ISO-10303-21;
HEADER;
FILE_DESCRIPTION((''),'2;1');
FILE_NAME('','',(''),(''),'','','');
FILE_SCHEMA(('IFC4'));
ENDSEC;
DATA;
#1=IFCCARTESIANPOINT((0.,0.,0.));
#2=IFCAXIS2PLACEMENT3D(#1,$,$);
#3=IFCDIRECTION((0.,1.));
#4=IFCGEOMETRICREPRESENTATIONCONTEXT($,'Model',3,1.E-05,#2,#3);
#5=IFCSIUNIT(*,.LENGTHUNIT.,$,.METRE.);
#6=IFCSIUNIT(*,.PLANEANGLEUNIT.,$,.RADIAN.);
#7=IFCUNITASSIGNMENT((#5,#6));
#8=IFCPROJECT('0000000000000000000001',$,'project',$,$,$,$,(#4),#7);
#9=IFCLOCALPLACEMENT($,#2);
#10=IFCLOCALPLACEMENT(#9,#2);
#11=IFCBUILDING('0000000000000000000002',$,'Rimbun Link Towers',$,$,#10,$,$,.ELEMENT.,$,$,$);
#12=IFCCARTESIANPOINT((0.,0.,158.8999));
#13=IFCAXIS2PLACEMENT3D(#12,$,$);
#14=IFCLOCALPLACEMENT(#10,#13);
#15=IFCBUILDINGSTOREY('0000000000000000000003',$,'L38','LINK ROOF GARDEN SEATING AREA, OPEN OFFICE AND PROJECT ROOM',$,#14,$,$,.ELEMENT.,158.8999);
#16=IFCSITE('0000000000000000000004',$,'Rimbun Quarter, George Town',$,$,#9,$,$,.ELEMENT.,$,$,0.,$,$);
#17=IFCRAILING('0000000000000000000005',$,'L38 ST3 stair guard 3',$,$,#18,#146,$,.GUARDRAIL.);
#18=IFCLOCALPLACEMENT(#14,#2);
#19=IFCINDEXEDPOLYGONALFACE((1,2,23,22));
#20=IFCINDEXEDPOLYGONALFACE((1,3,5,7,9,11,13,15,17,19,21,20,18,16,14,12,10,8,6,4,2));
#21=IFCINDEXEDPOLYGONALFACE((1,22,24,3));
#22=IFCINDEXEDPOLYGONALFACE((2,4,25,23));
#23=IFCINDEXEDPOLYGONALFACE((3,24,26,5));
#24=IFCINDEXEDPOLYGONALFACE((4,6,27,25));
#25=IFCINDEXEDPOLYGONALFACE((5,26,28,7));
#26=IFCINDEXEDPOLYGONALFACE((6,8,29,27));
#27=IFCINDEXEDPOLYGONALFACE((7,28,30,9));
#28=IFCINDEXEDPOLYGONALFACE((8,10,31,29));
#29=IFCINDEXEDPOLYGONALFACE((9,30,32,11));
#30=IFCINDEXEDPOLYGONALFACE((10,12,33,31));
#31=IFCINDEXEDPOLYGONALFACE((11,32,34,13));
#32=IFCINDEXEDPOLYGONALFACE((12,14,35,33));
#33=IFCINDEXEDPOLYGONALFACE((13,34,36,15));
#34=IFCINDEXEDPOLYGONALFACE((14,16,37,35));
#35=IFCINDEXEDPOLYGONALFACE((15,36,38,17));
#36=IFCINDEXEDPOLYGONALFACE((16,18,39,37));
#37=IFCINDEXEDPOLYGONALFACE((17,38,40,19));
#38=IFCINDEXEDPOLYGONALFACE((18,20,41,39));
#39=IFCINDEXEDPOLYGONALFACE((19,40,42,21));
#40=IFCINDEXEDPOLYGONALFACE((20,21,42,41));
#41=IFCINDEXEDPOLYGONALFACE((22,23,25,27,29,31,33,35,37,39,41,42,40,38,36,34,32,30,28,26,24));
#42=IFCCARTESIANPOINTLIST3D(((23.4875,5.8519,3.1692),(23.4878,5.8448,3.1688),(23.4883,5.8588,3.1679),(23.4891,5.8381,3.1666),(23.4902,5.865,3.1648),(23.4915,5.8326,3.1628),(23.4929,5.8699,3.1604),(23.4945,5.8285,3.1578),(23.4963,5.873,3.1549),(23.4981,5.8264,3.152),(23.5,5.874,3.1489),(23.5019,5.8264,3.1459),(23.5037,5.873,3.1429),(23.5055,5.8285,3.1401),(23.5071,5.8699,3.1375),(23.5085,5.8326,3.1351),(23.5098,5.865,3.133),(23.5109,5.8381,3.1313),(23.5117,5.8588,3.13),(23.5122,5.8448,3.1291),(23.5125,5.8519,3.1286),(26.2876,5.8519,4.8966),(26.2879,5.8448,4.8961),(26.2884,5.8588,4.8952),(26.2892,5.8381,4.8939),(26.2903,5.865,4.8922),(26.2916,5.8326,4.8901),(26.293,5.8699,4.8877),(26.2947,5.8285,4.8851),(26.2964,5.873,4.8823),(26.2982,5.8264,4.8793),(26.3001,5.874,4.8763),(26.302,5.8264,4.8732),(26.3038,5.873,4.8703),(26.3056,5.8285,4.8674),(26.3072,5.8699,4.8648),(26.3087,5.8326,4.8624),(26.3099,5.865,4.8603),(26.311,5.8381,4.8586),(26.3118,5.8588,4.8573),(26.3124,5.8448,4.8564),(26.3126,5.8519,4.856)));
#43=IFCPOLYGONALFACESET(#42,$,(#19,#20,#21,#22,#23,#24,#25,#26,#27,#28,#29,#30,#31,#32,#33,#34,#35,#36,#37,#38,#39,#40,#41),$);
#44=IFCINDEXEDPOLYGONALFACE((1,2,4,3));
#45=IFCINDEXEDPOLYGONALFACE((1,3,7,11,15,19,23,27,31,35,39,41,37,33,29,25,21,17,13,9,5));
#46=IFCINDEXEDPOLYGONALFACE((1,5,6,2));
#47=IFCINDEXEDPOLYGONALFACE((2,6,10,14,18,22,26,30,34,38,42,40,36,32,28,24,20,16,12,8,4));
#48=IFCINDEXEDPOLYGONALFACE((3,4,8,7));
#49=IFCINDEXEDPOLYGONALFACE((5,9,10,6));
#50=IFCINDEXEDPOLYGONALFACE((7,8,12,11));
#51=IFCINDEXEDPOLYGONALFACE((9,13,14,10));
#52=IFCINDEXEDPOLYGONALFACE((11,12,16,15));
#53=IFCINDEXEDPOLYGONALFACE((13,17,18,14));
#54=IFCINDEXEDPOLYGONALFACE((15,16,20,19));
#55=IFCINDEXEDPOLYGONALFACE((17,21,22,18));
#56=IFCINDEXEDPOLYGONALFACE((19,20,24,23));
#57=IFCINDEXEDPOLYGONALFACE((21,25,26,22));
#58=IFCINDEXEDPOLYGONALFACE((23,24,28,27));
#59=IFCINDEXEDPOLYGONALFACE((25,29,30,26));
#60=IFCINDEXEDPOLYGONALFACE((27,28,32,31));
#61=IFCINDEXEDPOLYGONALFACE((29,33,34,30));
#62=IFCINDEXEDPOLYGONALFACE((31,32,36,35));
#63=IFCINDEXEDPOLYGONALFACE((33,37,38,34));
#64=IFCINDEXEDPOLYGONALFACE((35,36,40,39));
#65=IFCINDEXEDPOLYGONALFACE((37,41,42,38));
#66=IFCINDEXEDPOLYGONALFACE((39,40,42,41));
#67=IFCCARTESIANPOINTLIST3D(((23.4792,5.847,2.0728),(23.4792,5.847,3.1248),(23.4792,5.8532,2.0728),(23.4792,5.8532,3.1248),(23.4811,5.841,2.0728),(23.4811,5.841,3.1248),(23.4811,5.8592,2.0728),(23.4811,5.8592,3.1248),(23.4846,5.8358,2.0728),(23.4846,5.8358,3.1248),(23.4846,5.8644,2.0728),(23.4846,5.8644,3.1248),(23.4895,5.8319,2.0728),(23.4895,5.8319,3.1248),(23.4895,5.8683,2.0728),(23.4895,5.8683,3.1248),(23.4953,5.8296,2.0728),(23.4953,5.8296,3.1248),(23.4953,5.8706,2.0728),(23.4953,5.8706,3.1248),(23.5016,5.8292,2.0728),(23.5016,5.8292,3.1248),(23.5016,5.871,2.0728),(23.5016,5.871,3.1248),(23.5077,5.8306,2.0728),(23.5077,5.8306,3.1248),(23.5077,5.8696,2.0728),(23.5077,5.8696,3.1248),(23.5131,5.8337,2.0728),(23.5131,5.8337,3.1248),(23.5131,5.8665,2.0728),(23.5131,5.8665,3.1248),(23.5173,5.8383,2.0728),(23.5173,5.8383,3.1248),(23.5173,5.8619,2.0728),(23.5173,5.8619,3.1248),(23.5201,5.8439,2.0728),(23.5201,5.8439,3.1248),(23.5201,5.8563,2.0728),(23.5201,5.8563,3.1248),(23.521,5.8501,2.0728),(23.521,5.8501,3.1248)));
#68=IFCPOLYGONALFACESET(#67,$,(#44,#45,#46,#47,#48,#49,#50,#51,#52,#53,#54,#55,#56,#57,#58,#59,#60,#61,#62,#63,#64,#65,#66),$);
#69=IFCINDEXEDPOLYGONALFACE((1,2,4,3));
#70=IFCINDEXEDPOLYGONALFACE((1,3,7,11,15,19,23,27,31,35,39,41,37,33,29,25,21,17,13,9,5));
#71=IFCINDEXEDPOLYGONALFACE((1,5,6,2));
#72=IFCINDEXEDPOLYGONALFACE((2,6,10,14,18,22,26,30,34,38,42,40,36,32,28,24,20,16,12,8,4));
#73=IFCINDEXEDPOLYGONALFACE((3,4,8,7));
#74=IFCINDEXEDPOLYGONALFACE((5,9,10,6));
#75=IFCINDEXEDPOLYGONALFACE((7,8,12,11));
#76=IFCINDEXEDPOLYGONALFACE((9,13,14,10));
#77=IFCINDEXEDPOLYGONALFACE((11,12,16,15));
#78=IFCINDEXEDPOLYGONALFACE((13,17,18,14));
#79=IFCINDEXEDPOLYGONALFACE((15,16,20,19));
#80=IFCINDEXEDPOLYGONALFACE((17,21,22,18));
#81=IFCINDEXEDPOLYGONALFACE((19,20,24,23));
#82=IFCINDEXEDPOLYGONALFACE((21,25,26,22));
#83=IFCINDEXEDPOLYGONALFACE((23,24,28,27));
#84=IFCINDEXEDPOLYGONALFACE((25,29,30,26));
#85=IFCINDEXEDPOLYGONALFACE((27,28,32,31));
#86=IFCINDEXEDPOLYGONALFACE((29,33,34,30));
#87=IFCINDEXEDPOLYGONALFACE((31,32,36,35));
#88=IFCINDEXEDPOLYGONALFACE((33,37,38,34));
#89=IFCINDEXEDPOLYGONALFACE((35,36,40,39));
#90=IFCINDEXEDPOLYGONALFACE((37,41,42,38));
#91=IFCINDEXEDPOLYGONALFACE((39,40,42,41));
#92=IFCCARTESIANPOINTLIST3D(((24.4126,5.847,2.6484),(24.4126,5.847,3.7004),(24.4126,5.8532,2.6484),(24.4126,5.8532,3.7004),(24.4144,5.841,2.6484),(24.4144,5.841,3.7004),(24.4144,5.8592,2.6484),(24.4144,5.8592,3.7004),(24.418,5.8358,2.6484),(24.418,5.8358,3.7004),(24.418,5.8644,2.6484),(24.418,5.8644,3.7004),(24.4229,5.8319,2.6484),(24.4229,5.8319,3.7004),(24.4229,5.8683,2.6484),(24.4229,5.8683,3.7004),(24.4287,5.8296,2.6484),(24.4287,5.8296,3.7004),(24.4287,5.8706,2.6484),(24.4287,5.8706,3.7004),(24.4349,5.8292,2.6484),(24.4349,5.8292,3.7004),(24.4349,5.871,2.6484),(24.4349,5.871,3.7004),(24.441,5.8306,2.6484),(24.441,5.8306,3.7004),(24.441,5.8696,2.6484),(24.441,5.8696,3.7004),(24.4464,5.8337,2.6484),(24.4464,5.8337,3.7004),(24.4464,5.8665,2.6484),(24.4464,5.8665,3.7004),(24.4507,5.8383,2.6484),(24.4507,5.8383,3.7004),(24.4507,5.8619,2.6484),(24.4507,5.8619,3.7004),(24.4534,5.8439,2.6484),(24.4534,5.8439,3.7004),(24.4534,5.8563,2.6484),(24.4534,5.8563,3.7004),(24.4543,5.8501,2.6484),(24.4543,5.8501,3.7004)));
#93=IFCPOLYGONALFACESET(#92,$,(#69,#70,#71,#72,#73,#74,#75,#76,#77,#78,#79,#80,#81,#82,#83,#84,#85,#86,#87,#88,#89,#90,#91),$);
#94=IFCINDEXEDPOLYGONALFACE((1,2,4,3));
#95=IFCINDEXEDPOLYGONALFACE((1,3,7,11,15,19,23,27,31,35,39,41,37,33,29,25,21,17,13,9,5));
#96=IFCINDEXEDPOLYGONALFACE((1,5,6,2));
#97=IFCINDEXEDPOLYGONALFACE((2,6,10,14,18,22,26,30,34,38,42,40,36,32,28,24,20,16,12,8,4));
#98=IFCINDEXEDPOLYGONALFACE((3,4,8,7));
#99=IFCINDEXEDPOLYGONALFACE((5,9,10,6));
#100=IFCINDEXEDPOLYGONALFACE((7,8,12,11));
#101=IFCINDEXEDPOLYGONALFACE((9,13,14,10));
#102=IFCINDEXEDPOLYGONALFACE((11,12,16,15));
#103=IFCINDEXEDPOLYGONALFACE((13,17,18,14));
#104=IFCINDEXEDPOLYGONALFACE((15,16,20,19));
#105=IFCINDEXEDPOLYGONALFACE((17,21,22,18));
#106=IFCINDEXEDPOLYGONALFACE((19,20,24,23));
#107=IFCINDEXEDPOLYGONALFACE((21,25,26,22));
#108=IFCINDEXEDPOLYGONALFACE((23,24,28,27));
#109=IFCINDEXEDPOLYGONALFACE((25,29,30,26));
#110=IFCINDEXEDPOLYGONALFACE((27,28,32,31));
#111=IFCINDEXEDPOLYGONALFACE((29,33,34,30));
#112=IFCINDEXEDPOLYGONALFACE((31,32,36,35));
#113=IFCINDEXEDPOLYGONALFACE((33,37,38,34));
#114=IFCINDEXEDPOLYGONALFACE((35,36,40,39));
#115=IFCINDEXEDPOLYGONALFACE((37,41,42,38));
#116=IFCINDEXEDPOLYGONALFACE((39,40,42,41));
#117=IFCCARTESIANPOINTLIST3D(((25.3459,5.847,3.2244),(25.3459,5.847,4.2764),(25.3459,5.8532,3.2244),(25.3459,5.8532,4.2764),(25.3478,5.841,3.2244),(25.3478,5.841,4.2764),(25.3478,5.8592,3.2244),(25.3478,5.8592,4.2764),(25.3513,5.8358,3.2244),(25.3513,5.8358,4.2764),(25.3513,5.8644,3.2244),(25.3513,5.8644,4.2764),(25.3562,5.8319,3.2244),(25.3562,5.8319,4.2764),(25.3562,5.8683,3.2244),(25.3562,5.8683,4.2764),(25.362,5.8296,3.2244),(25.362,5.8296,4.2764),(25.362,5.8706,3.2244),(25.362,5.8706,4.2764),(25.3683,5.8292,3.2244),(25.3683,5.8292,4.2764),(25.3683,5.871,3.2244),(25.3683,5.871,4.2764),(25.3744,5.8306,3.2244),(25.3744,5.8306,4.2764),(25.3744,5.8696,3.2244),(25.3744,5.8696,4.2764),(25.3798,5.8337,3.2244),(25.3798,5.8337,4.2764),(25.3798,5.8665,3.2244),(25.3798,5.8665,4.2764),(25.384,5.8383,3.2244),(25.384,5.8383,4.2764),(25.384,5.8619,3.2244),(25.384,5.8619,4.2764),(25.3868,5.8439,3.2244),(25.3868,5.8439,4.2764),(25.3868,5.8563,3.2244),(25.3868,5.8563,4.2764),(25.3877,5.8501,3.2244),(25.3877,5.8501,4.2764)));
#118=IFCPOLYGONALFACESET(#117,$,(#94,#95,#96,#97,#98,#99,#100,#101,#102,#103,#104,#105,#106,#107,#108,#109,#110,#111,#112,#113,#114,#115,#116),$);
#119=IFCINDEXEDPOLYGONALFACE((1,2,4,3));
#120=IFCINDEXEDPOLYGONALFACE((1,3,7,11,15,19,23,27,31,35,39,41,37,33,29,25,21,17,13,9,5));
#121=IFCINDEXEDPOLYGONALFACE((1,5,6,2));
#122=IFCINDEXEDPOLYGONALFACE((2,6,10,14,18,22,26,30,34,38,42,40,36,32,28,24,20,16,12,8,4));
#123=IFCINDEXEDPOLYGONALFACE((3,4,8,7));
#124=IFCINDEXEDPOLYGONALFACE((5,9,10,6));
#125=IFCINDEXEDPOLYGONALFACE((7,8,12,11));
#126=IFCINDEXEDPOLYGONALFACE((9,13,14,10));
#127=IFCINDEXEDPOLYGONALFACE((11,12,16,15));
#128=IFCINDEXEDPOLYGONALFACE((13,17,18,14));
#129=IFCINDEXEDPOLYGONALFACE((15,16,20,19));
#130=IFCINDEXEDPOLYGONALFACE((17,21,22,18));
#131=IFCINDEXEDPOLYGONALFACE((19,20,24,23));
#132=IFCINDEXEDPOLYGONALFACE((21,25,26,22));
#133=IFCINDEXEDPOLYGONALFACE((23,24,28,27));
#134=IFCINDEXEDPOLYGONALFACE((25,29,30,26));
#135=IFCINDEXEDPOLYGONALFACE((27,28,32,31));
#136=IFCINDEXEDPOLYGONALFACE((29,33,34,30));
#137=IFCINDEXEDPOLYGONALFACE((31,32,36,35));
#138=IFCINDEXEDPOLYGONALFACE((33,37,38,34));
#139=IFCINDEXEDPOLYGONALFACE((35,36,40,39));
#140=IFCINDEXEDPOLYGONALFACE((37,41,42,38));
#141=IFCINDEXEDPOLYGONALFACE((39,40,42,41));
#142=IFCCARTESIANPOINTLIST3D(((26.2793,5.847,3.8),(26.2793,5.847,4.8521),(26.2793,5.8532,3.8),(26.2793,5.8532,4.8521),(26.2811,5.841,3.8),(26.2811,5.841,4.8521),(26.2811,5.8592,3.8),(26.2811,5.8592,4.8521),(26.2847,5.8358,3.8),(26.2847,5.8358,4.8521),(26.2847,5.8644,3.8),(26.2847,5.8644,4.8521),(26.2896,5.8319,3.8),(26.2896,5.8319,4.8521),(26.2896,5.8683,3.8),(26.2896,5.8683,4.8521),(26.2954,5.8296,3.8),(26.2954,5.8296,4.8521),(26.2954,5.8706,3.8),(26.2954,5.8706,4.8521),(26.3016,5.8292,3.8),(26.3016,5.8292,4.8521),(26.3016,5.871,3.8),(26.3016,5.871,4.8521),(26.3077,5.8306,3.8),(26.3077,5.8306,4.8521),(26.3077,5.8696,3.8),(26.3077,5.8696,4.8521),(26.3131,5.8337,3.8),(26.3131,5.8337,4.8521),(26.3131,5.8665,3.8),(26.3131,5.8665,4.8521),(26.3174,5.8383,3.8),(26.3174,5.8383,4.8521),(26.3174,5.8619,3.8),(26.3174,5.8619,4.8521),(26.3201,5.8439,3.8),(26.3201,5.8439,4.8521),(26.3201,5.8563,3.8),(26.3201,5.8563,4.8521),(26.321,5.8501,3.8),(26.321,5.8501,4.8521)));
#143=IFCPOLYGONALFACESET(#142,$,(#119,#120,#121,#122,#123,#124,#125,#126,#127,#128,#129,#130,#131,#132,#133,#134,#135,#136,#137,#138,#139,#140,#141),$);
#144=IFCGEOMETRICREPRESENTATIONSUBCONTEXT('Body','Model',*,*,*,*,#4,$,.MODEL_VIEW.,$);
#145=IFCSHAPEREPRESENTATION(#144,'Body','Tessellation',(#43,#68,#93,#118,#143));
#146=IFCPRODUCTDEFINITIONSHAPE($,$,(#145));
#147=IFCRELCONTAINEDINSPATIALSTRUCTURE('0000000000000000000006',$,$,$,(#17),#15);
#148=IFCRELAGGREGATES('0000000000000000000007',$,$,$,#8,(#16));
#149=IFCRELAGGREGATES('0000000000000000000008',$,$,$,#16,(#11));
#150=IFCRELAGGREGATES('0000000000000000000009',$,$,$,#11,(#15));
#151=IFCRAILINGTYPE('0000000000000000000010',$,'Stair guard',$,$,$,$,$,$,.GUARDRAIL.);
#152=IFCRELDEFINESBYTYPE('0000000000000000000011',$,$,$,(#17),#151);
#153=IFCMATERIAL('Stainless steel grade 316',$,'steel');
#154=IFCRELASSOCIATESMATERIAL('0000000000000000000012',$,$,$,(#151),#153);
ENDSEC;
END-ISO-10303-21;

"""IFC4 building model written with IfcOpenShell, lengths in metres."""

from ifc_helpers import new_model, si_unit, direction, frame, origin, origin_2d, place, context, subcontext, project, spatial, circle, extrude, material, type_object, element, save


model = new_model("IFC4")

# Units and contexts
model_context = context("Model", 3, precision=1e-05, world=origin(), true_north=direction((0.0, 1.0)))
body_context = subcontext(model_context, "Body", "Model", "MODEL_VIEW")
ifc_project = project(units=[si_unit("LENGTHUNIT", "METRE"), si_unit("PLANEANGLEUNIT", "RADIAN")], contexts=[model_context])

# Site, building, storey
site_placement = place(None, origin())
site = spatial("IfcSite", under=ifc_project, at=site_placement, Name="Rimbun Quarter, George Town", CompositionType="ELEMENT", RefElevation=0.0)
building_placement = place(site_placement, origin())
building = spatial("IfcBuilding", under=site, at=building_placement, Name="Rimbun Link Towers", CompositionType="ELEMENT")
storey_placement = place(building_placement, frame((0.0, 0.0, 158.8999)))
storey = spatial("IfcBuildingStorey", under=building, at=storey_placement, Name="L38", Description="LINK ROOF GARDEN SEATING AREA, OPEN OFFICE AND PROJECT ROOM", CompositionType="ELEMENT", Elevation=158.8999)

# Railing
ifc_material_1 = material(Name="Stainless steel grade 316", Category="steel")
railing_type_1 = type_object("IfcRailingType", Name="Stair guard", PredefinedType="GUARDRAIL", material=ifc_material_1)
railing_1_placement = place(storey_placement, frame((23.5, 5.8501, 2.0728)))
element("IfcRailing", 1, at=railing_1_placement, inside=storey, type_object=railing_type_1, Name="L38 ST3 stair guard 3", PredefinedType="GUARDRAIL", context=body_context, shape_type="SweptSolid", body=[
    extrude(circle(Radius=0.0239, at=origin_2d()), frame((0.0, 0.0, 1.0762), z_axis=(0.85109, 0.0, 0.52502), x_axis=(0.0, 1.0, 0.0)), (0.0, 0.0, 1.0), 3.29),
    extrude(circle(Radius=0.021, at=origin_2d()), origin(), (0.0, 0.0, 1.0), 1.052),
    extrude(circle(Radius=0.021, at=origin_2d()), frame((0.9333, 0.0, 0.5757)), (0.0, 0.0, 1.0), 1.052),
    extrude(circle(Radius=0.021, at=origin_2d()), frame((1.8667, 0.0, 1.1516)), (0.0, 0.0, 1.0), 1.052),
    extrude(circle(Radius=0.021, at=origin_2d()), frame((2.8, 0.0, 1.7273)), (0.0, 0.0, 1.0), 1.052),
])

save(model, "model.ifc")
